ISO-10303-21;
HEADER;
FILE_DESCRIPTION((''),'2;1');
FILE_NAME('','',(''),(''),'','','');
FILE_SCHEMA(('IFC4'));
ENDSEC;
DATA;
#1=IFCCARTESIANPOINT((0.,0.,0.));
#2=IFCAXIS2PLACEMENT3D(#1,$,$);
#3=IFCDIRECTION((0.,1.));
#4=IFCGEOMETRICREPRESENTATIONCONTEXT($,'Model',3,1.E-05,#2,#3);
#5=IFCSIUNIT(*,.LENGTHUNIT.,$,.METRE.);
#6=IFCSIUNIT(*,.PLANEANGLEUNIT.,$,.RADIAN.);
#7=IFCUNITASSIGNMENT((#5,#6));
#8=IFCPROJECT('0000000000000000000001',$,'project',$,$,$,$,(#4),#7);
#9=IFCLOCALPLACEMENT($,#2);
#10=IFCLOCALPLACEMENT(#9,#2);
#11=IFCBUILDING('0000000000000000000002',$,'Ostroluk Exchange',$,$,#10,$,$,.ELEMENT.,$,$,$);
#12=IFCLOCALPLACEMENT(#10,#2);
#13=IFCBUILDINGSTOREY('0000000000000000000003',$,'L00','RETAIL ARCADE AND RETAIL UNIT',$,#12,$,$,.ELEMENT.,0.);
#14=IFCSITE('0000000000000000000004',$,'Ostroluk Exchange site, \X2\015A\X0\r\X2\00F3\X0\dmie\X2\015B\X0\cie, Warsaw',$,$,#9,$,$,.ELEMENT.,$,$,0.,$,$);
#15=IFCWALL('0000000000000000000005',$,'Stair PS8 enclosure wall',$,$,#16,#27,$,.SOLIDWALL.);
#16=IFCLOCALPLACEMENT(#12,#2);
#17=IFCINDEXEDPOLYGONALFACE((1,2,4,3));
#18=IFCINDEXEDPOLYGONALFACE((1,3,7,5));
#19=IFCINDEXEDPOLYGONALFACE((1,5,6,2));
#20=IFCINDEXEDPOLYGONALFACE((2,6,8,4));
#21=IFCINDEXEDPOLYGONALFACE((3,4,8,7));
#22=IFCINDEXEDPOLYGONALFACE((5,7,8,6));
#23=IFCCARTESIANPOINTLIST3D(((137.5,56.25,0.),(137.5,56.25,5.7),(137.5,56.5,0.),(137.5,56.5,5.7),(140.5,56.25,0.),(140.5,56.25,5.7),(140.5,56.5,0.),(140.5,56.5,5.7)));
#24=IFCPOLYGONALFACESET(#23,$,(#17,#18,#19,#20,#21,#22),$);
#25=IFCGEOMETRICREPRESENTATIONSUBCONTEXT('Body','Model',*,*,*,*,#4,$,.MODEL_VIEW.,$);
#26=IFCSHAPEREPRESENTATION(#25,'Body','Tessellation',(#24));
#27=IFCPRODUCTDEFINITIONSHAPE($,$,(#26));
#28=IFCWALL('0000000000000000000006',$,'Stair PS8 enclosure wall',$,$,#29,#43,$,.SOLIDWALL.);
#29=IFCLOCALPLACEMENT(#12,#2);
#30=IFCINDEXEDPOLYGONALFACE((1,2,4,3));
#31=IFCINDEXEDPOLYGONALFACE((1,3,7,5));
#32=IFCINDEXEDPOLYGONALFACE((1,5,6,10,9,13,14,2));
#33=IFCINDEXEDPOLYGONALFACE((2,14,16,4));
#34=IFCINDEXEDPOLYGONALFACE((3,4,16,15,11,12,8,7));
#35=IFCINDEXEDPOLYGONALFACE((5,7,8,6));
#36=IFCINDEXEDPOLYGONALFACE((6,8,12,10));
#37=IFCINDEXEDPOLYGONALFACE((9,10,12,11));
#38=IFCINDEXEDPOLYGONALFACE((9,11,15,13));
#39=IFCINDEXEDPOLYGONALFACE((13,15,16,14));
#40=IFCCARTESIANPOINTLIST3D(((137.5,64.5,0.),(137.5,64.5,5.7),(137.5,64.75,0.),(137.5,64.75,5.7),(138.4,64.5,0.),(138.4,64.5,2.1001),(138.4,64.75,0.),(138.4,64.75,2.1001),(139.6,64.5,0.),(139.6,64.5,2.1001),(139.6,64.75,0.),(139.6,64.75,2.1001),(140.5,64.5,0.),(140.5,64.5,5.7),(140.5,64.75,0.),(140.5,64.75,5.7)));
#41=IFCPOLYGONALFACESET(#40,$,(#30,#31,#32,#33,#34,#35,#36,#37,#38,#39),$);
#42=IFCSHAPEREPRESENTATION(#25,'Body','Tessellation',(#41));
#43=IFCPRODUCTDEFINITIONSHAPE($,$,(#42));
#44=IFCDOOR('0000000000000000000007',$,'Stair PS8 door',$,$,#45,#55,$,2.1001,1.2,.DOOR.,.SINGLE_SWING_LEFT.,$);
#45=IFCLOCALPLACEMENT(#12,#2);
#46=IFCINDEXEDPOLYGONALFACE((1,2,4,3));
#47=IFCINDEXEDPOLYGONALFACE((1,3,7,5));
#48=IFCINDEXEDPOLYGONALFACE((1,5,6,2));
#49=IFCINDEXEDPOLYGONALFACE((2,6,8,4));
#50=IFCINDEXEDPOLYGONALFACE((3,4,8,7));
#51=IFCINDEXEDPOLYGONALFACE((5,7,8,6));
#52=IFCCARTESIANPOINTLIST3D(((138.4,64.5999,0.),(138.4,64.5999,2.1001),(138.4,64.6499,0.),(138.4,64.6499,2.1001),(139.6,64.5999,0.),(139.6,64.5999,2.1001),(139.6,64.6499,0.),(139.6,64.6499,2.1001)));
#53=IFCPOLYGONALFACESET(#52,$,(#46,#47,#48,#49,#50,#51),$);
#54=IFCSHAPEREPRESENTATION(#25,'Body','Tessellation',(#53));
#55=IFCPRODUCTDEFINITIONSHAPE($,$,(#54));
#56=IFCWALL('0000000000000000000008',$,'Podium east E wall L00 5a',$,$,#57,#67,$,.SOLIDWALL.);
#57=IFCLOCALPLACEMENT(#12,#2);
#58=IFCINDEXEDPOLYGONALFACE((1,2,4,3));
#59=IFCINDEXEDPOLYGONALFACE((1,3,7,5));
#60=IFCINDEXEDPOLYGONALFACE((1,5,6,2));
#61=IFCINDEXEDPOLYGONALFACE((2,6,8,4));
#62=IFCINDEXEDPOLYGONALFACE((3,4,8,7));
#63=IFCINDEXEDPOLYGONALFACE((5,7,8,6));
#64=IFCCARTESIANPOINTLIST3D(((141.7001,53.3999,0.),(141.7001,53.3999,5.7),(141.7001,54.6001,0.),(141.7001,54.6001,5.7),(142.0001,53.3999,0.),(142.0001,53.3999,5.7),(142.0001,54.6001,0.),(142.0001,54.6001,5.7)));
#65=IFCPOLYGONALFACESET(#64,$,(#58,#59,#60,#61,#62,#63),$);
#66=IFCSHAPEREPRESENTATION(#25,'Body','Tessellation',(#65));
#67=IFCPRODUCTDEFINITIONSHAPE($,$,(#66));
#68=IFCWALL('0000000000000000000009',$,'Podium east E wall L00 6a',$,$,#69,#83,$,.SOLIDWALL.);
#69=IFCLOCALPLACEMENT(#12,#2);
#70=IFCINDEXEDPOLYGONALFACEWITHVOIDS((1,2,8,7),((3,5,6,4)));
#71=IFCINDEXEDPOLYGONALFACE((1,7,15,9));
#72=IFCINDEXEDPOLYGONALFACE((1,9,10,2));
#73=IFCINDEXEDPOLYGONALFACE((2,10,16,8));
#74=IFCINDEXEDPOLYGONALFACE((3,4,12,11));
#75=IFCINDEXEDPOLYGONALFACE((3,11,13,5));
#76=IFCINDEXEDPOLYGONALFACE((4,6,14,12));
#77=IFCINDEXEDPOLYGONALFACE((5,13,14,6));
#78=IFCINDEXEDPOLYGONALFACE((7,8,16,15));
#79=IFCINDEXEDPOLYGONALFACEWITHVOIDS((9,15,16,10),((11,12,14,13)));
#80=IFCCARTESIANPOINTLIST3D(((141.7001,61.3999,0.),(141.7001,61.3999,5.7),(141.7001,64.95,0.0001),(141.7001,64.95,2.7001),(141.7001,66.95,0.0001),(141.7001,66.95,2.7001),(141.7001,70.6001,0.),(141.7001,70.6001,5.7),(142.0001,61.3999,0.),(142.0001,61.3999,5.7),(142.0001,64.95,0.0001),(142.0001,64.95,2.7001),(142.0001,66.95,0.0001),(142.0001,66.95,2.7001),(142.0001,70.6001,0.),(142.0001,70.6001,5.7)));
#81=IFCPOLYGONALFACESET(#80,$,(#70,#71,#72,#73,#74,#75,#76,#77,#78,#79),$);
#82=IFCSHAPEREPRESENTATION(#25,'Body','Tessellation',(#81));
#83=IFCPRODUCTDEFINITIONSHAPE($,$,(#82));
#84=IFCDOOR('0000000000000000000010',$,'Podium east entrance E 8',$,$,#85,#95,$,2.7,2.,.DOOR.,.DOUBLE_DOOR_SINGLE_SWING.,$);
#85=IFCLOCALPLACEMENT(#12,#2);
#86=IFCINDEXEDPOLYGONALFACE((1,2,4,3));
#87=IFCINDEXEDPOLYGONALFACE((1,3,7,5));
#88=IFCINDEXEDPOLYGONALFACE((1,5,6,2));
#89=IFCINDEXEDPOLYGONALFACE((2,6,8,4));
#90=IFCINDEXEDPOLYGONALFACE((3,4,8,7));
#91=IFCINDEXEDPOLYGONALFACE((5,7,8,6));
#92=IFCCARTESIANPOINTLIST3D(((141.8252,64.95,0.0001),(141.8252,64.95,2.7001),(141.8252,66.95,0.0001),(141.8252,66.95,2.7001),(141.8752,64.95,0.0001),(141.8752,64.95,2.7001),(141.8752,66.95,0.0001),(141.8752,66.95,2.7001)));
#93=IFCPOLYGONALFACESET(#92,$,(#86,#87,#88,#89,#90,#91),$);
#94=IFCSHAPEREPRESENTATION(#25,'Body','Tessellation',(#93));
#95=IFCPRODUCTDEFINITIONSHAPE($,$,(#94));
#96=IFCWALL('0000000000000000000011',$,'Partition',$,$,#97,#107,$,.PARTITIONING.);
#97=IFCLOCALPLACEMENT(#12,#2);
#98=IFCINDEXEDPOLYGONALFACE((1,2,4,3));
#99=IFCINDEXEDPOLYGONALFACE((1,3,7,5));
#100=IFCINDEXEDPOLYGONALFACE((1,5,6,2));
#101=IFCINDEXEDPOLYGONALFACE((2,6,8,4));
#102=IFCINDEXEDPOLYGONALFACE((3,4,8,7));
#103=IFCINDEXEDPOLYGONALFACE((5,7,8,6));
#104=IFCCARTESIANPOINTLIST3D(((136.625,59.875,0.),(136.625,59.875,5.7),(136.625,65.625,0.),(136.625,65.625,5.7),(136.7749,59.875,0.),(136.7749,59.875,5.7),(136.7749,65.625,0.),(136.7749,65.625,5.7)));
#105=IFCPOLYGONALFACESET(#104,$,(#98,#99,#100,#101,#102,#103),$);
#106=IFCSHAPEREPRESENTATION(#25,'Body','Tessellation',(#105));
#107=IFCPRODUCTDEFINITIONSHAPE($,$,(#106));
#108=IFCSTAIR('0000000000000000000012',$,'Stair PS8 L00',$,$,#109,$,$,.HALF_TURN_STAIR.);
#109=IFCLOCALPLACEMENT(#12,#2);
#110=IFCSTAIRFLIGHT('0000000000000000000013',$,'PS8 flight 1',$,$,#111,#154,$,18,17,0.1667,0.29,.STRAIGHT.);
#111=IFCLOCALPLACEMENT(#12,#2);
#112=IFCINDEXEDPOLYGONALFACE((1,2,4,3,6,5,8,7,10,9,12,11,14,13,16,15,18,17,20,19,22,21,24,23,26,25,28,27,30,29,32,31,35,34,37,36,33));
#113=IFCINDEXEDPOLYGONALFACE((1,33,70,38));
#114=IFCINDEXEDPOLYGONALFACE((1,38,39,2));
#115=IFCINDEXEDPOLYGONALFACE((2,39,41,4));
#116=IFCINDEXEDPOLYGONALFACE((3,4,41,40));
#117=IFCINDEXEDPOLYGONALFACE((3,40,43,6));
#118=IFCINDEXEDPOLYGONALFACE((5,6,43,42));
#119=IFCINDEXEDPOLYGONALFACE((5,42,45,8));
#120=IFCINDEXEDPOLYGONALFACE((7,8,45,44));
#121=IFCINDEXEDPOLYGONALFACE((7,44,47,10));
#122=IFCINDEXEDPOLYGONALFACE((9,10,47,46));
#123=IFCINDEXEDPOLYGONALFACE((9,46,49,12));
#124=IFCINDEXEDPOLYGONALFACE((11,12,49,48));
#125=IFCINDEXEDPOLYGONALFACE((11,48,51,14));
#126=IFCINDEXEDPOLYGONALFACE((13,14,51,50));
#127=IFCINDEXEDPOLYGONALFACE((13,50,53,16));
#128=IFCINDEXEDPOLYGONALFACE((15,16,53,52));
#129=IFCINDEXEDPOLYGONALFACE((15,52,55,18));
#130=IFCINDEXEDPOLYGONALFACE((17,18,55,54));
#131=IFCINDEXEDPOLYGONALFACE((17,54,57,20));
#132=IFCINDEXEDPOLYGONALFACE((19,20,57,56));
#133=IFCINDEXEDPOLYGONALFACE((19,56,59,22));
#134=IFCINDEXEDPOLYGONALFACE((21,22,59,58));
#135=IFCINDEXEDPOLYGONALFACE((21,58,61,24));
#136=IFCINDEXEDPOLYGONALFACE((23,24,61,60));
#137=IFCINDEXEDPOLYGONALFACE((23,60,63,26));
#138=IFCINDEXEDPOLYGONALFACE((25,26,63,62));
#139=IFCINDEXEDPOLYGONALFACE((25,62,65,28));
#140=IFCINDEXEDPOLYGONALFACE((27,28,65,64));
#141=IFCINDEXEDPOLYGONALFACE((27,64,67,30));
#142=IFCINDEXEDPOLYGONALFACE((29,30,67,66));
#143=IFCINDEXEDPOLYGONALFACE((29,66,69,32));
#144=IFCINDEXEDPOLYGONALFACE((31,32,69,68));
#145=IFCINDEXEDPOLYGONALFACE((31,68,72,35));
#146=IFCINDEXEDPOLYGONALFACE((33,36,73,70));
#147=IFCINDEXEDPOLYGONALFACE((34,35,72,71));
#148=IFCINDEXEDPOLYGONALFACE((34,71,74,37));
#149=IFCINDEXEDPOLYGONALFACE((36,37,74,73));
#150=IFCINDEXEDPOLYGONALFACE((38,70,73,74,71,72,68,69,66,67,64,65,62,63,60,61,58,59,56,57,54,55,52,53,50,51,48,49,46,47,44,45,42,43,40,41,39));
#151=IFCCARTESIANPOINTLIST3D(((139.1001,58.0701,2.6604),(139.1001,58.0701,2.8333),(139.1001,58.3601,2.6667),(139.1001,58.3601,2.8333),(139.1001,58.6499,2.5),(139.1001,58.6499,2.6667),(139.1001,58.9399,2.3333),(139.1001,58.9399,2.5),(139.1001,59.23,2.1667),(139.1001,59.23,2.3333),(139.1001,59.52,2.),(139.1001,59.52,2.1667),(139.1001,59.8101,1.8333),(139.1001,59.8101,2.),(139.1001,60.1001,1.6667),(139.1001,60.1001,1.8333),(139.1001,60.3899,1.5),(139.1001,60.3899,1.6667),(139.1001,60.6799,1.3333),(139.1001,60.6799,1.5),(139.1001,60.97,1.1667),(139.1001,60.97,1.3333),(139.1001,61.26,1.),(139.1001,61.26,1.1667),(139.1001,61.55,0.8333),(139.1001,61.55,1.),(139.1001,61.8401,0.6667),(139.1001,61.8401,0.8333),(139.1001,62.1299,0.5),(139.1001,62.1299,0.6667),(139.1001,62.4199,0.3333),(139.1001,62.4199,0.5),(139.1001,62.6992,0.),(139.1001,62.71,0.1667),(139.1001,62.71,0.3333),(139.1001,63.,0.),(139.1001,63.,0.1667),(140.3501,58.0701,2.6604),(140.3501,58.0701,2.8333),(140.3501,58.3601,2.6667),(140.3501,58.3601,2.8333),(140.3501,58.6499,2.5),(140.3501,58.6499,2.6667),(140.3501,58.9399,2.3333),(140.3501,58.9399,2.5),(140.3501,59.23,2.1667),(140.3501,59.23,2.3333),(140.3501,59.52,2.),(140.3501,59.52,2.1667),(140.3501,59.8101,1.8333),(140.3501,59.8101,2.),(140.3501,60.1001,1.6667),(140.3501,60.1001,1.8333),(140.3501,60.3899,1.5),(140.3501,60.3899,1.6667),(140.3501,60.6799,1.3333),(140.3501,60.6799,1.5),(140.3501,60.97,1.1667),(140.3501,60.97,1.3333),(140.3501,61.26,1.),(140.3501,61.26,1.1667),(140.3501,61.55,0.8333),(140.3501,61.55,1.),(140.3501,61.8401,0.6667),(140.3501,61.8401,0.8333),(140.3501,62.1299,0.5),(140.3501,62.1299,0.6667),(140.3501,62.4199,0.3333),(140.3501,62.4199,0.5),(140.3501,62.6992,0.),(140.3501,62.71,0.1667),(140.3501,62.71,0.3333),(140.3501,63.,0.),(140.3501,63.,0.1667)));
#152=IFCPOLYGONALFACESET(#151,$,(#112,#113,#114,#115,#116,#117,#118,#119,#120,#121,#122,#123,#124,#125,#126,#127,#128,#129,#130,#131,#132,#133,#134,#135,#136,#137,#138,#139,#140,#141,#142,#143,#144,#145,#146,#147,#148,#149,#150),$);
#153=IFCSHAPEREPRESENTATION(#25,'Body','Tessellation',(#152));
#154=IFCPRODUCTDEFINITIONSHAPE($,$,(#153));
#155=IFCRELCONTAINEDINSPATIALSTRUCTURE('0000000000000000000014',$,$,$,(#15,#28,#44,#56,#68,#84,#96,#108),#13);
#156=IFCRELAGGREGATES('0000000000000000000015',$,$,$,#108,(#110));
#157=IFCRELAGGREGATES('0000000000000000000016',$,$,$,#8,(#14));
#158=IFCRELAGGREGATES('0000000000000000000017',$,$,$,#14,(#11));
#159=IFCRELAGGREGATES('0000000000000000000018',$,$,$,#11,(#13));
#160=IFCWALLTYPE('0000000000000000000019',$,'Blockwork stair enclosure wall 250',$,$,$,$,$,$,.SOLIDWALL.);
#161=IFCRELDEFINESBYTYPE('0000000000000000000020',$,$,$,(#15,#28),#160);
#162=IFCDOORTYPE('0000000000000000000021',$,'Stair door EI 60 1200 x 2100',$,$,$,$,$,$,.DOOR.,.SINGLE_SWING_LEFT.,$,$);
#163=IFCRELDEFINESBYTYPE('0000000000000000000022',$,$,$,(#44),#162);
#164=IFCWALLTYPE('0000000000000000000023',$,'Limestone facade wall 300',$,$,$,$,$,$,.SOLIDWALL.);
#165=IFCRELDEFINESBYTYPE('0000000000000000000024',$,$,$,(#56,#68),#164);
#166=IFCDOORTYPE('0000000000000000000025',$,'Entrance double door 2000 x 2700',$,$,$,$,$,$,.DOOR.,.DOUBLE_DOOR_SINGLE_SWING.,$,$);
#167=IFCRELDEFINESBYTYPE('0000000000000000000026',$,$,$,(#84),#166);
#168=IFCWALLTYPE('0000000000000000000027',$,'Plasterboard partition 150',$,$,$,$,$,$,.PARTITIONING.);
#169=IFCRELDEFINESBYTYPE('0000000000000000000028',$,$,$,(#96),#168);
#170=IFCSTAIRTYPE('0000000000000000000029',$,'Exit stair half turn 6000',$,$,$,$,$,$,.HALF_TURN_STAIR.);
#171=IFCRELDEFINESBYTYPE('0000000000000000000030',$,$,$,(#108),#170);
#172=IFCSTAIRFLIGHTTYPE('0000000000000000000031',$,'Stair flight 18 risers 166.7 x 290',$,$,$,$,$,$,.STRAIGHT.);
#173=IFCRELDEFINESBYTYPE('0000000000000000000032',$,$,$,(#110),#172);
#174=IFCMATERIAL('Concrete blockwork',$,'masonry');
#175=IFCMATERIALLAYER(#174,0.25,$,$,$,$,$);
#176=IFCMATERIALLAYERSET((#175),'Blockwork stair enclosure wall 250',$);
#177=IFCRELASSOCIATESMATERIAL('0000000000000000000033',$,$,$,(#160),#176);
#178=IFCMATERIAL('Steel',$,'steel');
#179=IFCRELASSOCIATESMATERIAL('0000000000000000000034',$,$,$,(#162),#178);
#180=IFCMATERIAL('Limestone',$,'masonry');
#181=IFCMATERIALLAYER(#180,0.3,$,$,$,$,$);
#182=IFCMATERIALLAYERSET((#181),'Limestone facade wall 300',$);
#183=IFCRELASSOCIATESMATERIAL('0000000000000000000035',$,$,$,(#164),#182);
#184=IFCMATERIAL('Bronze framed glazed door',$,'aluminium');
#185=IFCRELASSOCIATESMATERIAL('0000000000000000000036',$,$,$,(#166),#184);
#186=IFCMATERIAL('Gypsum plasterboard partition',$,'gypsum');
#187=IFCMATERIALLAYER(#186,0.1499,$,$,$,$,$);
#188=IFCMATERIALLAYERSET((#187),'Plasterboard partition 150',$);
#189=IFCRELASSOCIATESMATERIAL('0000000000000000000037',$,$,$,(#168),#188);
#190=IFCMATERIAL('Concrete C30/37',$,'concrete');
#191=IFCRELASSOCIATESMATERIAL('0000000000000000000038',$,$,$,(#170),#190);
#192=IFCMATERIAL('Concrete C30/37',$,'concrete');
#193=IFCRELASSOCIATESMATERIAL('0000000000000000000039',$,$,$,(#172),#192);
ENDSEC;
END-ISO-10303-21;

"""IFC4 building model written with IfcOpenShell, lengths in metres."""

from ifc_helpers import new_model, si_unit, direction, frame, frame_2d, origin, place, context, subcontext, project, spatial, polyline, rectangle, outline, extrude, material, layer, layer_set, type_object, element, fill, aggregate, save


model = new_model("IFC4")

# Units and contexts
model_context = context("Model", 3, precision=1e-05, world=origin(), true_north=direction((0.0, 1.0)))
body_context = subcontext(model_context, "Body", "Model", "MODEL_VIEW")
ifc_project = project(units=[si_unit("LENGTHUNIT", "METRE"), si_unit("PLANEANGLEUNIT", "RADIAN")], contexts=[model_context])

# Site, building, storey
site_placement = place(None, origin())
site = spatial("IfcSite", under=ifc_project, at=site_placement, Name="Ostroluk Exchange site, Śródmieście, Warsaw", CompositionType="ELEMENT", RefElevation=0.0)
building_placement = place(site_placement, origin())
building = spatial("IfcBuilding", under=site, at=building_placement, Name="Ostroluk Exchange", CompositionType="ELEMENT")
storey_placement = place(building_placement, origin())
storey = spatial("IfcBuildingStorey", under=building, at=storey_placement, Name="L00", Description="RETAIL ARCADE AND RETAIL UNIT", CompositionType="ELEMENT", Elevation=0.0)

# Wall
ifc_material_1 = material(Name="Concrete blockwork", Category="masonry")
ifc_layer_1 = layer(ifc_material_1, 0.25)
ifc_layer_set_1 = layer_set([ifc_layer_1], Name="Blockwork stair enclosure wall 250")
wall_type_1 = type_object("IfcWallType", Name="Blockwork stair enclosure wall 250", PredefinedType="SOLIDWALL", material=ifc_layer_set_1)
wall_1_placement = place(storey_placement, frame((137.5, 56.375, 0.0), z_axis=(0.0, 0.0, 1.0), x_axis=(1.0, 0.0, 0.0)))
element("IfcWall", 1, at=wall_1_placement, inside=storey, type_object=wall_type_1, Name="Stair PS8 enclosure wall", PredefinedType="SOLIDWALL", context=body_context, shape_type="SweptSolid", body=[
    extrude(rectangle(XDim=3.0, YDim=0.25, at=frame_2d((1.5, 0.0))), origin(), (0.0, 0.0, 1.0), 5.7),
])

# Wall, opening, door
wall_2_placement = place(storey_placement, frame((137.5, 64.625, 0.0), z_axis=(0.0, 0.0, 1.0), x_axis=(1.0, 0.0, 0.0)))
wall_2 = element("IfcWall", 2, at=wall_2_placement, inside=storey, type_object=wall_type_1, Name="Stair PS8 enclosure wall", PredefinedType="SOLIDWALL", context=body_context, shape_type="SweptSolid", body=[
    extrude(rectangle(XDim=3.0, YDim=0.25, at=frame_2d((1.5, 0.0))), origin(), (0.0, 0.0, 1.0), 5.7),
])
opening_1_placement = place(wall_2_placement, frame((0.8999, 0.0, 0.0)))
opening_1 = element("IfcOpeningElement", 3, at=opening_1_placement, cuts=wall_2, PredefinedType="OPENING", context=body_context, shape_type="SweptSolid", body=[
    extrude(rectangle(XDim=1.2, YDim=2.1001, at=frame_2d((0.6001, 1.05))), frame((0.0, 0.135, 0.0), z_axis=(0.0, -1.0, 0.0), x_axis=(1.0, 0.0, 0.0)), (0.0, 0.0, 1.0), 0.27),
])
ifc_material_2 = material(Name="Steel", Category="steel")
door_type_1 = type_object("IfcDoorType", Name="Stair door EI 60 1200 x 2100", OperationType="SINGLE_SWING_LEFT", PredefinedType="DOOR", material=ifc_material_2)
door_1_placement = place(opening_1_placement, origin())
door_1 = element("IfcDoor", 4, at=door_1_placement, inside=storey, type_object=door_type_1, Name="Stair PS8 door", OperationType="SINGLE_SWING_LEFT", OverallHeight=2.1001, OverallWidth=1.2, PredefinedType="DOOR", context=body_context, shape_type="SweptSolid", body=[
    extrude(rectangle(XDim=1.2, YDim=2.1001, at=frame_2d((0.6001, 1.05))), frame((0.0, 0.0249, 0.0), z_axis=(0.0, -1.0, 0.0), x_axis=(1.0, 0.0, 0.0)), (0.0, 0.0, 1.0), 0.05),
])
fill(opening_1, door_1)

# Wall
ifc_material_3 = material(Name="Limestone", Category="masonry")
ifc_layer_2 = layer(ifc_material_3, 0.3)
ifc_layer_set_2 = layer_set([ifc_layer_2], Name="Limestone facade wall 300")
wall_type_2 = type_object("IfcWallType", Name="Limestone facade wall 300", PredefinedType="SOLIDWALL", material=ifc_layer_set_2)
wall_3_placement = place(storey_placement, frame((141.8501, 53.3999, 0.0), z_axis=(0.0, 0.0, 1.0), x_axis=(0.0, 1.0, 0.0)))
element("IfcWall", 5, at=wall_3_placement, inside=storey, type_object=wall_type_2, Name="Podium east E wall L00 5a", PredefinedType="SOLIDWALL", context=body_context, shape_type="SweptSolid", body=[
    extrude(rectangle(XDim=1.2002, YDim=0.3, at=frame_2d((0.6001, 0.0))), origin(), (0.0, 0.0, 1.0), 5.7),
])

# Wall, opening, door
wall_4_placement = place(storey_placement, frame((141.8501, 61.3999, 0.0), z_axis=(0.0, 0.0, 1.0), x_axis=(0.0, 1.0, 0.0)))
wall_4 = element("IfcWall", 6, at=wall_4_placement, inside=storey, type_object=wall_type_2, Name="Podium east E wall L00 6a", PredefinedType="SOLIDWALL", context=body_context, shape_type="SweptSolid", body=[
    extrude(rectangle(XDim=9.2002, YDim=0.3, at=frame_2d((4.6001, 0.0))), origin(), (0.0, 0.0, 1.0), 5.7),
])
opening_2_placement = place(wall_4_placement, frame((3.55, 0.0, 0.0)))
opening_2 = element("IfcOpeningElement", 7, at=opening_2_placement, cuts=wall_4, PredefinedType="OPENING", context=body_context, shape_type="SweptSolid", body=[
    extrude(rectangle(XDim=2.0, YDim=2.7, at=frame_2d((1.0, 1.3501))), frame((0.0, 0.1599, 0.0), z_axis=(0.0, -1.0, 0.0), x_axis=(1.0, 0.0, 0.0)), (0.0, 0.0, 1.0), 0.3201),
])
ifc_material_4 = material(Name="Bronze framed glazed door", Category="aluminium")
door_type_2 = type_object("IfcDoorType", Name="Entrance double door 2000 x 2700", OperationType="DOUBLE_DOOR_SINGLE_SWING", PredefinedType="DOOR", material=ifc_material_4)
door_2_placement = place(opening_2_placement, origin())
door_2 = element("IfcDoor", 8, at=door_2_placement, inside=storey, type_object=door_type_2, Name="Podium east entrance E 8", OperationType="DOUBLE_DOOR_SINGLE_SWING", OverallHeight=2.7, OverallWidth=2.0, PredefinedType="DOOR", context=body_context, shape_type="SweptSolid", body=[
    extrude(rectangle(XDim=2.0, YDim=2.7, at=frame_2d((1.0, 1.3501))), frame((0.0, 0.0249, 0.0), z_axis=(0.0, -1.0, 0.0), x_axis=(1.0, 0.0, 0.0)), (0.0, 0.0, 1.0), 0.05),
])
fill(opening_2, door_2)

# Wall
ifc_material_5 = material(Name="Gypsum plasterboard partition", Category="gypsum")
ifc_layer_3 = layer(ifc_material_5, 0.1499)
ifc_layer_set_3 = layer_set([ifc_layer_3], Name="Plasterboard partition 150")
wall_type_3 = type_object("IfcWallType", Name="Plasterboard partition 150", PredefinedType="PARTITIONING", material=ifc_layer_set_3)
wall_5_placement = place(storey_placement, frame((136.7, 59.875, 0.0), z_axis=(0.0, 0.0, 1.0), x_axis=(0.0, 1.0, 0.0)))
element("IfcWall", 9, at=wall_5_placement, inside=storey, type_object=wall_type_3, Name="Partition", PredefinedType="PARTITIONING", context=body_context, shape_type="SweptSolid", body=[
    extrude(rectangle(XDim=5.75, YDim=0.1499, at=frame_2d((2.875, 0.0))), origin(), (0.0, 0.0, 1.0), 5.7),
])

# Stair, stair flight
ifc_material_6 = material(Name="Concrete C30/37", Category="concrete")
stair_type = type_object("IfcStairType", Name="Exit stair half turn 6000", PredefinedType="HALF_TURN_STAIR", material=ifc_material_6)
stair_placement = place(storey_placement, origin())
stair = element("IfcStair", 10, at=stair_placement, inside=storey, type_object=stair_type, Name="Stair PS8 L00", PredefinedType="HALF_TURN_STAIR")
ifc_material_7 = material(Name="Concrete C30/37", Category="concrete")
stair_flight_type = type_object("IfcStairFlightType", Name="Stair flight 18 risers 166.7 x 290", PredefinedType="STRAIGHT", material=ifc_material_7)
stair_flight_1_placement = place(storey_placement, frame((139.7251, 63.0, 0.0), z_axis=(0.0, 0.0, 1.0), x_axis=(0.0, -1.0, 0.0)))
stair_flight_1 = element("IfcStairFlight", 11, at=stair_flight_1_placement, type_object=stair_flight_type, Name="PS8 flight 1", NumberOfRisers=18, NumberOfTreads=17, PredefinedType="STRAIGHT", RiserHeight=0.1667, TreadLength=0.29, context=body_context, shape_type="SweptSolid", body=[
    extrude(outline(polyline([(0.0, 0.0), (0.0, 0.1667), (0.29, 0.1667), (0.29, 0.3333), (0.5801, 0.3333), (0.5801, 0.5), (0.8701, 0.5), (0.8701, 0.6667), (1.1599, 0.6667), (1.1599, 0.8333), (1.45, 0.8333), (1.45, 1.0), (1.74, 1.0), (1.74, 1.1667), (2.03, 1.1667), (2.03, 1.3333), (2.3201, 1.3333), (2.3201, 1.5), (2.6101, 1.5), (2.6101, 1.6667), (2.8999, 1.6667), (2.8999, 1.8333), (3.1899, 1.8333), (3.1899, 2.0), (3.48, 2.0), (3.48, 2.1667), (3.77, 2.1667), (3.77, 2.3333), (4.0601, 2.3333), (4.0601, 2.5), (4.3501, 2.5), (4.3501, 2.6667), (4.6399, 2.6667), (4.6399, 2.8333), (4.9299, 2.8333), (4.9299, 3.0), (4.9299, 2.6604), (0.3008, 0.0), (0.0, 0.0)])), frame((0.0, 0.625, 0.0), z_axis=(0.0, -1.0, 0.0), x_axis=(1.0, 0.0, 0.0)), (0.0, 0.0, 1.0), 1.25),
])
aggregate(stair, [stair_flight_1])

save(model, "model.ifc")
